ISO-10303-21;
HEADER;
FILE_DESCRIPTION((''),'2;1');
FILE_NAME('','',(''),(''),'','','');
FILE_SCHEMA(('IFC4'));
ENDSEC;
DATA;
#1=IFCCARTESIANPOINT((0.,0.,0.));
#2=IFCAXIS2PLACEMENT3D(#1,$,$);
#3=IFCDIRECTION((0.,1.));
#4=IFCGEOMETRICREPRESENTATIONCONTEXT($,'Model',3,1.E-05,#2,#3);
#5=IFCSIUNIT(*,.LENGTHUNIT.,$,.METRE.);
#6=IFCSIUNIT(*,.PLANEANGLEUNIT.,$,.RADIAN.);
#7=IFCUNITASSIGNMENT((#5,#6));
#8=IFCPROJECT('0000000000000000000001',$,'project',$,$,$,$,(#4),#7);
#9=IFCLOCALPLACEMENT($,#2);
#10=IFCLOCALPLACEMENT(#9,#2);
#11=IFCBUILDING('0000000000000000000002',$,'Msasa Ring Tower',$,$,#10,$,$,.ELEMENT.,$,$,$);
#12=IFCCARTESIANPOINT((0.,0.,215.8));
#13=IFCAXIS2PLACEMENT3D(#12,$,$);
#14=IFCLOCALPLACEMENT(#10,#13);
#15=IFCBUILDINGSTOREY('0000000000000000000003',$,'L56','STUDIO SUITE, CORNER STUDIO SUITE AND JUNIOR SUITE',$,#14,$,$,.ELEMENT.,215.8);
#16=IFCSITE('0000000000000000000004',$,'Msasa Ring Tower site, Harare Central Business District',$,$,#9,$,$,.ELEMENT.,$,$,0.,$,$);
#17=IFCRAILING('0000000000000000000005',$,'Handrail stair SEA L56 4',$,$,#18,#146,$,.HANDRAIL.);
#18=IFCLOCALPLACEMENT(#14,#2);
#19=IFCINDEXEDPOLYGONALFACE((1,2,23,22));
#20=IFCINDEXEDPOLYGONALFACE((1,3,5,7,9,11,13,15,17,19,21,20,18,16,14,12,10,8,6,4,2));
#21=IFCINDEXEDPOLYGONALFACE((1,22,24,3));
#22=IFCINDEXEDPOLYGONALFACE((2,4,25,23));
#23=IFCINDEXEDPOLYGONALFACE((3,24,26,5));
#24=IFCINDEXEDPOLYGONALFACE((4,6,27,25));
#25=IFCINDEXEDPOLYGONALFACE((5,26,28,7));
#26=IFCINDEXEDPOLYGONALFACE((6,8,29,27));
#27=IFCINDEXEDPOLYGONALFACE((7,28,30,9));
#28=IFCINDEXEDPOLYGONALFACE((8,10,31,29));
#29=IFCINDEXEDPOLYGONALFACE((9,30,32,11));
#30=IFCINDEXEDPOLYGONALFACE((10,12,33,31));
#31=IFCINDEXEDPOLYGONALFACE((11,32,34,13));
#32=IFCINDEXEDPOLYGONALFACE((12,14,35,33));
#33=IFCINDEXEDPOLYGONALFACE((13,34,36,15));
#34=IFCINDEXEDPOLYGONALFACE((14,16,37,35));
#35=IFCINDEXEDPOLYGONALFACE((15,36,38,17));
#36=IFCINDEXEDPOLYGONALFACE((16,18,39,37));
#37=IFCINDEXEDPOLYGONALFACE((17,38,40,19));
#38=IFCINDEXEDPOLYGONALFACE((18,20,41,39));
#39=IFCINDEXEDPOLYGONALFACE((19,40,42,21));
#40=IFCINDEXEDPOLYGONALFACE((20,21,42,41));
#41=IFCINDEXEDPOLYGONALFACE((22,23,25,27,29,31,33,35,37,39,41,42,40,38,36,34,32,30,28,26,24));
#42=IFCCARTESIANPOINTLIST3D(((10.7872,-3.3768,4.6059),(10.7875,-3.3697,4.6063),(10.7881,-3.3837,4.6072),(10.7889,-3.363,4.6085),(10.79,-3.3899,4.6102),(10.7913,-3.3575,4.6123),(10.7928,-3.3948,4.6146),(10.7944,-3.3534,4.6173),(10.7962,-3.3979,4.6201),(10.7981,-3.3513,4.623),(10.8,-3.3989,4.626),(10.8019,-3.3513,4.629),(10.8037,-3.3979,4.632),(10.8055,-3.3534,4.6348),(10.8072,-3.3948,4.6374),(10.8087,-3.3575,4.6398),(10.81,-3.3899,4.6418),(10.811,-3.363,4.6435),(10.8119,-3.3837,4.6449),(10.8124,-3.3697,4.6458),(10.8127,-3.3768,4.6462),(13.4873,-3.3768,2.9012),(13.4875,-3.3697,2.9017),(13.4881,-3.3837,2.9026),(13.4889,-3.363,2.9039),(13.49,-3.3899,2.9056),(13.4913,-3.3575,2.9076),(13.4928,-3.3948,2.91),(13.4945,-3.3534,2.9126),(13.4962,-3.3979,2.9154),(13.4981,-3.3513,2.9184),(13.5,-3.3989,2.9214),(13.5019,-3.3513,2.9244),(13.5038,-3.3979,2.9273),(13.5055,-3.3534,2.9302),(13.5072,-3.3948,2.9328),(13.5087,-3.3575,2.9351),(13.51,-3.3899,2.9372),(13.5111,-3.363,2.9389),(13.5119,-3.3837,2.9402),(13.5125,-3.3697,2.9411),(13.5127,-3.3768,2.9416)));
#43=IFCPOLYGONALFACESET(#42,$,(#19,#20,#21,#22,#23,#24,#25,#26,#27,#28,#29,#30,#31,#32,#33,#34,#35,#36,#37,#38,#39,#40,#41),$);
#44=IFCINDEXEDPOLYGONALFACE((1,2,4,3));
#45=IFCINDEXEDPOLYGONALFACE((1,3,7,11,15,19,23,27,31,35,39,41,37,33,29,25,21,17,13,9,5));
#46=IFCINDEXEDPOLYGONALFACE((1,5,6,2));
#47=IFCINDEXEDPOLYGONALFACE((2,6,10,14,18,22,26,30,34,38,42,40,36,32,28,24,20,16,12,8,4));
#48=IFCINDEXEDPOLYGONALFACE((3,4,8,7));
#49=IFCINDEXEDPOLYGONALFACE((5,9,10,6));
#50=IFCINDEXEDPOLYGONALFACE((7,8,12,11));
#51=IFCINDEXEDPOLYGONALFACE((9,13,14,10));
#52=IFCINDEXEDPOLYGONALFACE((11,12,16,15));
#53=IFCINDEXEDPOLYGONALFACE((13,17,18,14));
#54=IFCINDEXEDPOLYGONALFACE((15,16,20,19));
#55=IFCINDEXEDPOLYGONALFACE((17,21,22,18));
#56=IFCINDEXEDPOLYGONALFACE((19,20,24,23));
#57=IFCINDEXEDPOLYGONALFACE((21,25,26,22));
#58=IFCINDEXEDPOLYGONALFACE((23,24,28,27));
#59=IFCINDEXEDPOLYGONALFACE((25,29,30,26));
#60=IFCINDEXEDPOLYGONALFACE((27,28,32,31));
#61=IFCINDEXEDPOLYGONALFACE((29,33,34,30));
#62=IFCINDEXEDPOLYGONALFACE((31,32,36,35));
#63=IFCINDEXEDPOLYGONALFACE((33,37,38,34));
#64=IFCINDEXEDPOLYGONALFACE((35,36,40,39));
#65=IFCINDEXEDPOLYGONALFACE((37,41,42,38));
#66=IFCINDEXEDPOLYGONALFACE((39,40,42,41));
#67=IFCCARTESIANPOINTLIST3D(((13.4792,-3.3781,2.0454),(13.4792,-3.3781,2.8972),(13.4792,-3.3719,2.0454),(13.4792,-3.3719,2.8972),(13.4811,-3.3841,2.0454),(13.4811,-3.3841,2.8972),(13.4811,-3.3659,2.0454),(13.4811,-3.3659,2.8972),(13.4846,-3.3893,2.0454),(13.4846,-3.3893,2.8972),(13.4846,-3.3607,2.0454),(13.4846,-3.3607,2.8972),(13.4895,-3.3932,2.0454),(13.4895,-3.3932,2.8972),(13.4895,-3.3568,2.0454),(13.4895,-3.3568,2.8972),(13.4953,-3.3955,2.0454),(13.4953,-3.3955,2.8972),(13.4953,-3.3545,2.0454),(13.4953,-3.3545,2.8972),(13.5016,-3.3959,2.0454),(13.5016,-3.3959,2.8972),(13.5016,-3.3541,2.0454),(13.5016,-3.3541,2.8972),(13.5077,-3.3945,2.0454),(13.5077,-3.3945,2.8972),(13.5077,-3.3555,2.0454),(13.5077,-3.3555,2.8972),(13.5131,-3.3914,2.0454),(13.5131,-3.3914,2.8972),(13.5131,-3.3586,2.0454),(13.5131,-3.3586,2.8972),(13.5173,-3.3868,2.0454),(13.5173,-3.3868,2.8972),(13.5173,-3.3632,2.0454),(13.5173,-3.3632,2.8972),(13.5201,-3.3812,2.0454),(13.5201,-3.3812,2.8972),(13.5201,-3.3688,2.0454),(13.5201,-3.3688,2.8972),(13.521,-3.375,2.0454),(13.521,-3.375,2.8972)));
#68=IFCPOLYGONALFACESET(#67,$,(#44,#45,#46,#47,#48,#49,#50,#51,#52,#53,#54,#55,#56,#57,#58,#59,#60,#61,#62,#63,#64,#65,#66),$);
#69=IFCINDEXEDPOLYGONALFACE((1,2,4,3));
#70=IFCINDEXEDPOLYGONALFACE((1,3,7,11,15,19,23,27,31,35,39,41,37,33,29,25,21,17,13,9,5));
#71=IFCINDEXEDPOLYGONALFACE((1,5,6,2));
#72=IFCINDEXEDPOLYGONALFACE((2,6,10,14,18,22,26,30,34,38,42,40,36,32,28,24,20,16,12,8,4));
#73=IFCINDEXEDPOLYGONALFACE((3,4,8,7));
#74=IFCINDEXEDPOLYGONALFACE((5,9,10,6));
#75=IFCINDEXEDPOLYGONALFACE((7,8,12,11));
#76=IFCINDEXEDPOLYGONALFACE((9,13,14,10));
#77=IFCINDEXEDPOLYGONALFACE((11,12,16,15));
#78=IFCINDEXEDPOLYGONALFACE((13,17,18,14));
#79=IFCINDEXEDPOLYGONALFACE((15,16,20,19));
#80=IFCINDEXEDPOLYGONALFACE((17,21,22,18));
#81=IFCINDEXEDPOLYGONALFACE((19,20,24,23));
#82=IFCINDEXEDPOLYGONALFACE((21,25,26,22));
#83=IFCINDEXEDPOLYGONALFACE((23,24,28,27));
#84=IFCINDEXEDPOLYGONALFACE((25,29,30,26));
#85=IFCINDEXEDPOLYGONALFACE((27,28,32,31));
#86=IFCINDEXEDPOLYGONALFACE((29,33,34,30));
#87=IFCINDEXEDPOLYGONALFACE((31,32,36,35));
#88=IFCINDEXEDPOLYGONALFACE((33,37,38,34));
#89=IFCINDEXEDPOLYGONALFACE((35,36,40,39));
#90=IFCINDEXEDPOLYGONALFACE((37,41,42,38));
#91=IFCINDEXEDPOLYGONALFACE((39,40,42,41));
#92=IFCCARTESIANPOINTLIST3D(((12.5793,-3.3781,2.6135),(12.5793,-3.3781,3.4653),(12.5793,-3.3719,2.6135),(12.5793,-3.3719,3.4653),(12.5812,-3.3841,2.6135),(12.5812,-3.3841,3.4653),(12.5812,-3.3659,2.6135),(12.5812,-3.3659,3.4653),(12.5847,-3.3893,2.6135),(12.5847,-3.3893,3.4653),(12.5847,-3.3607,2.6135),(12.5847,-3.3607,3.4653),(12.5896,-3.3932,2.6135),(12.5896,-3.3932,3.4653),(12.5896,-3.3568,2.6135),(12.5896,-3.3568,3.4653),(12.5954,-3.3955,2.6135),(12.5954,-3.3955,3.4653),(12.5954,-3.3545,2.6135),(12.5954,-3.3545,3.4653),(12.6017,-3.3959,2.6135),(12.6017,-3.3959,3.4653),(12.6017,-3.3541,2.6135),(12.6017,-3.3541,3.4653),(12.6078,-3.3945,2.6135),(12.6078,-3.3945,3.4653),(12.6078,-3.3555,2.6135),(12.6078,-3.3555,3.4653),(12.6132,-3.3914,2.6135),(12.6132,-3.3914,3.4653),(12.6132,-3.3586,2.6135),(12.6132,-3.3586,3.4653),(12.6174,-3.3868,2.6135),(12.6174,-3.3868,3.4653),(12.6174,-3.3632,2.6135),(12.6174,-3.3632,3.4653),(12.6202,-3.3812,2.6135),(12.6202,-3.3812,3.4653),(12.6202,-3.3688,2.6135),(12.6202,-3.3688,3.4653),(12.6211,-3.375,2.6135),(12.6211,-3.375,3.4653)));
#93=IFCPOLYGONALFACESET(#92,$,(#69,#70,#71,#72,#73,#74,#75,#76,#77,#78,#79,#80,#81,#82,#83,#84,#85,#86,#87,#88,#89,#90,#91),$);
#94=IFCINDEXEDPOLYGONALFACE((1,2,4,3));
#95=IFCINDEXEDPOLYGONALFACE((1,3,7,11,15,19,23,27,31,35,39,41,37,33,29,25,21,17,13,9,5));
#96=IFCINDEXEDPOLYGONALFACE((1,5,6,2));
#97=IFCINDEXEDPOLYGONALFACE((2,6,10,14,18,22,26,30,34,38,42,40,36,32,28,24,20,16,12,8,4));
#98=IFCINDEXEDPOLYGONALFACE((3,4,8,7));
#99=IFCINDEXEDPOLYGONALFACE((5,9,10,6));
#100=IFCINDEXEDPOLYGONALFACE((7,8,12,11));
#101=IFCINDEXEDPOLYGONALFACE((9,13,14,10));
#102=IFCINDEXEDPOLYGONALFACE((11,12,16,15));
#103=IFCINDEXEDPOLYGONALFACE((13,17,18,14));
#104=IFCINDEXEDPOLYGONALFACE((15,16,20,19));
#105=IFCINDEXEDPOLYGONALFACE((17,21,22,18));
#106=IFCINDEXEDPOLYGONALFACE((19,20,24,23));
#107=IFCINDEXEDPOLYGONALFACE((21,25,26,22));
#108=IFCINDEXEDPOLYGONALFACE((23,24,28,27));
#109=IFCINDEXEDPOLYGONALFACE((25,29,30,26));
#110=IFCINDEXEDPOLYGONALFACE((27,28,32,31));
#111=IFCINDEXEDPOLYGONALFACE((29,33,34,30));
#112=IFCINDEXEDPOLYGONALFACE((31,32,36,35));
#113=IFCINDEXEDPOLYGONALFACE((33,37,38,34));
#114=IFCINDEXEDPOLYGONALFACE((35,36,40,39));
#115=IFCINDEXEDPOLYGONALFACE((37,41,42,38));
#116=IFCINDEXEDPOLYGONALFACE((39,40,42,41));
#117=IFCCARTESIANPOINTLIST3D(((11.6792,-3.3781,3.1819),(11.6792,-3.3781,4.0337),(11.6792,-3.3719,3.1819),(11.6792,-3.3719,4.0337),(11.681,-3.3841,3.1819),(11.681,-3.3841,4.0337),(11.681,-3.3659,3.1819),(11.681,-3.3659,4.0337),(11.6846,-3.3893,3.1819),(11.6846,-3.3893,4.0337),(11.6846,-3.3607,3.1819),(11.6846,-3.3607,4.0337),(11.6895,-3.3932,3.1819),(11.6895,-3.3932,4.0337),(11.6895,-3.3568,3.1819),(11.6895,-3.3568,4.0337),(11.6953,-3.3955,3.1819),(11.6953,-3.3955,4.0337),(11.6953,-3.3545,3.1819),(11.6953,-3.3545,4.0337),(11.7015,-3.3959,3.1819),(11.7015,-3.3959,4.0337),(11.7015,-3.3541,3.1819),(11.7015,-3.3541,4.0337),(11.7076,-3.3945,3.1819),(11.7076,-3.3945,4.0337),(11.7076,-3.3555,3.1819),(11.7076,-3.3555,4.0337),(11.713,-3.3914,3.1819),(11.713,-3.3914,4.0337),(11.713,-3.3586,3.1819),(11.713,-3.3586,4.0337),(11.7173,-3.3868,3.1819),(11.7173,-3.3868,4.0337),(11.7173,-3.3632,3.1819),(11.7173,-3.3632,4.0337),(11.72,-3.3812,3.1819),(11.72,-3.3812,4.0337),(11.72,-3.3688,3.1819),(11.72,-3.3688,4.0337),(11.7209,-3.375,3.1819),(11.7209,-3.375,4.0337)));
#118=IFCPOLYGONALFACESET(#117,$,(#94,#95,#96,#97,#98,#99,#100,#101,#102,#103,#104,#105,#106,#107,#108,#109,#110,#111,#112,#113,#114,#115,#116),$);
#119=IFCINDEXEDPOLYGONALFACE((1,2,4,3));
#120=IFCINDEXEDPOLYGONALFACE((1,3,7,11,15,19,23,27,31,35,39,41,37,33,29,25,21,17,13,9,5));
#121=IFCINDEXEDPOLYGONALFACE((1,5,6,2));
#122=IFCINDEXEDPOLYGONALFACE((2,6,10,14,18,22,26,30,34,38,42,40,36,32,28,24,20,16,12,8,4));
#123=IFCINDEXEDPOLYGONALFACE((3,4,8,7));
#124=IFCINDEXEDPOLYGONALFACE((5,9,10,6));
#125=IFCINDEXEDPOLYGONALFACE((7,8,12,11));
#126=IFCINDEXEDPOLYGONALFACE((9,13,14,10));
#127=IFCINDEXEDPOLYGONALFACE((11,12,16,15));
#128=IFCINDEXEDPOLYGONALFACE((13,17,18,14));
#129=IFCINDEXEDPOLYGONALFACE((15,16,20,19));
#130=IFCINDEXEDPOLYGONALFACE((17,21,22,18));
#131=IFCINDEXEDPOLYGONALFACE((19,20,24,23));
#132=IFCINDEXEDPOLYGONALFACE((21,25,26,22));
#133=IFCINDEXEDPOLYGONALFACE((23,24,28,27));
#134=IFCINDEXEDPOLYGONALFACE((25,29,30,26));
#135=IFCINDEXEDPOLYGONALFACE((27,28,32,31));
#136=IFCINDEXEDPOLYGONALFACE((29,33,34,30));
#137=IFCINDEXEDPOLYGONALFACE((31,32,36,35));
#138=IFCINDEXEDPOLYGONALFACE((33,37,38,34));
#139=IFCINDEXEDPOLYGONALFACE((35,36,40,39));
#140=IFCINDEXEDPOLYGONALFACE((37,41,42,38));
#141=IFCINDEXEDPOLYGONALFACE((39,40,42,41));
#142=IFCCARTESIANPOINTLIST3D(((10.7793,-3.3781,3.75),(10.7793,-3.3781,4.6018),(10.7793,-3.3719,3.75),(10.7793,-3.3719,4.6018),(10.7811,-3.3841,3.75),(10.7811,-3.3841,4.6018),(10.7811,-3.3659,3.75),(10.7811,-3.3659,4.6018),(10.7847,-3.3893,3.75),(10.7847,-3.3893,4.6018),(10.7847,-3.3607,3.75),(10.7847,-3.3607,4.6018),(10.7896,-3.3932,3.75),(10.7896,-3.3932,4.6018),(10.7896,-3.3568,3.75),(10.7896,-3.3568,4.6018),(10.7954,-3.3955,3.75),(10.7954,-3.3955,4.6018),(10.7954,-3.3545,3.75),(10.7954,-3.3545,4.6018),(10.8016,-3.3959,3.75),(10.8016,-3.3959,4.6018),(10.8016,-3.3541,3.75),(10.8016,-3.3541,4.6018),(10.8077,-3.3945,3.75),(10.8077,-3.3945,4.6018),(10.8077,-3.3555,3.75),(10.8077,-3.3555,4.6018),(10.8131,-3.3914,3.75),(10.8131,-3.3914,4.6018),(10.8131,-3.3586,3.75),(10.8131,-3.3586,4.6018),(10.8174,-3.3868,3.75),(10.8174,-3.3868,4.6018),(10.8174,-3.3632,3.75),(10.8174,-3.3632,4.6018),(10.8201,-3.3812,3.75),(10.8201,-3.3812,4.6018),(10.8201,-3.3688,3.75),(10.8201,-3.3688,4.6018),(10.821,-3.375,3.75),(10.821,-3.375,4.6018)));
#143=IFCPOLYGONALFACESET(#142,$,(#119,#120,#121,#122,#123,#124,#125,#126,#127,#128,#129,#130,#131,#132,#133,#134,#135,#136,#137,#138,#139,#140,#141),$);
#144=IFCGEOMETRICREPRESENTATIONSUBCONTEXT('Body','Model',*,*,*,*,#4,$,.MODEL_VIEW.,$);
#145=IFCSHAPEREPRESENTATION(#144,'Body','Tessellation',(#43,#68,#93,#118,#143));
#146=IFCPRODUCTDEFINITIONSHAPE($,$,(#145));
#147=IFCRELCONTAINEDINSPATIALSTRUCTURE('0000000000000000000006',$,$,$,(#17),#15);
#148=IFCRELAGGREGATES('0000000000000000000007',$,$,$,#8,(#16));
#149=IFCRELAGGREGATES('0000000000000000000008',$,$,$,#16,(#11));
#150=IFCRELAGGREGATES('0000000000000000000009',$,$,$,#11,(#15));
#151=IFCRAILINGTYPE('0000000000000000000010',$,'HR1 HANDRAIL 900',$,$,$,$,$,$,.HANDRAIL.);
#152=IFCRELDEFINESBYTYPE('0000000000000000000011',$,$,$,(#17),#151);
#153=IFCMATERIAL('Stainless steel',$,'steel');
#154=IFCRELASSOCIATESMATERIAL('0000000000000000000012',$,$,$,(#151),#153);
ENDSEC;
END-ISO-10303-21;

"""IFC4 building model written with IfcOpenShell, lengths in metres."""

from ifc_helpers import new_model, si_unit, direction, frame, origin, origin_2d, place, context, subcontext, project, spatial, circle, extrude, material, type_object, element, save


model = new_model("IFC4")

# Units and contexts
model_context = context("Model", 3, precision=1e-05, world=origin(), true_north=direction((0.0, 1.0)))
body_context = subcontext(model_context, "Body", "Model", "MODEL_VIEW")
ifc_project = project(units=[si_unit("LENGTHUNIT", "METRE"), si_unit("PLANEANGLEUNIT", "RADIAN")], contexts=[model_context])

# Site, building, storey
site_placement = place(None, origin())
site = spatial("IfcSite", under=ifc_project, at=site_placement, Name="Msasa Ring Tower site, Harare Central Business District", CompositionType="ELEMENT", RefElevation=0.0)
building_placement = place(site_placement, origin())
building = spatial("IfcBuilding", under=site, at=building_placement, Name="Msasa Ring Tower", CompositionType="ELEMENT")
storey_placement = place(building_placement, frame((0.0, 0.0, 215.8)))
storey = spatial("IfcBuildingStorey", under=building, at=storey_placement, Name="L56", Description="STUDIO SUITE, CORNER STUDIO SUITE AND JUNIOR SUITE", CompositionType="ELEMENT", Elevation=215.8)

# Railing
ifc_material_1 = material(Name="Stainless steel", Category="steel")
railing_type = type_object("IfcRailingType", Name="HR1 HANDRAIL 900", PredefinedType="HANDRAIL", material=ifc_material_1)
for number, where, name in (
    (1, (13.5, -3.375, 2.0454), "Handrail stair SEA L56 4"),
):
    element("IfcRailing", number, at=place(storey_placement, frame(where)), inside=storey, type_object=railing_type, Name=name, PredefinedType="HANDRAIL", context=body_context, shape_type="SweptSolid", body=[
        extrude(circle(Radius=0.0239, at=origin_2d()), frame((0.0, 0.0, 0.876), z_axis=(-0.84558, 0.0, 0.533849), x_axis=(0.0, -1.0, 0.0)), (0.0, 0.0, 1.0), 3.1931),
        extrude(circle(Radius=0.021, at=origin_2d()), origin(), (0.0, 0.0, 1.0), 0.8518),
        extrude(circle(Radius=0.021, at=origin_2d()), frame((-0.8999, 0.0, 0.5681)), (0.0, 0.0, 1.0), 0.8518),
        extrude(circle(Radius=0.021, at=origin_2d()), frame((-1.8, 0.0, 1.1365)), (0.0, 0.0, 1.0), 0.8518),
        extrude(circle(Radius=0.021, at=origin_2d()), frame((-2.7, 0.0, 1.7046)), (0.0, 0.0, 1.0), 0.8518),
    ])

save(model, "model.ifc")
